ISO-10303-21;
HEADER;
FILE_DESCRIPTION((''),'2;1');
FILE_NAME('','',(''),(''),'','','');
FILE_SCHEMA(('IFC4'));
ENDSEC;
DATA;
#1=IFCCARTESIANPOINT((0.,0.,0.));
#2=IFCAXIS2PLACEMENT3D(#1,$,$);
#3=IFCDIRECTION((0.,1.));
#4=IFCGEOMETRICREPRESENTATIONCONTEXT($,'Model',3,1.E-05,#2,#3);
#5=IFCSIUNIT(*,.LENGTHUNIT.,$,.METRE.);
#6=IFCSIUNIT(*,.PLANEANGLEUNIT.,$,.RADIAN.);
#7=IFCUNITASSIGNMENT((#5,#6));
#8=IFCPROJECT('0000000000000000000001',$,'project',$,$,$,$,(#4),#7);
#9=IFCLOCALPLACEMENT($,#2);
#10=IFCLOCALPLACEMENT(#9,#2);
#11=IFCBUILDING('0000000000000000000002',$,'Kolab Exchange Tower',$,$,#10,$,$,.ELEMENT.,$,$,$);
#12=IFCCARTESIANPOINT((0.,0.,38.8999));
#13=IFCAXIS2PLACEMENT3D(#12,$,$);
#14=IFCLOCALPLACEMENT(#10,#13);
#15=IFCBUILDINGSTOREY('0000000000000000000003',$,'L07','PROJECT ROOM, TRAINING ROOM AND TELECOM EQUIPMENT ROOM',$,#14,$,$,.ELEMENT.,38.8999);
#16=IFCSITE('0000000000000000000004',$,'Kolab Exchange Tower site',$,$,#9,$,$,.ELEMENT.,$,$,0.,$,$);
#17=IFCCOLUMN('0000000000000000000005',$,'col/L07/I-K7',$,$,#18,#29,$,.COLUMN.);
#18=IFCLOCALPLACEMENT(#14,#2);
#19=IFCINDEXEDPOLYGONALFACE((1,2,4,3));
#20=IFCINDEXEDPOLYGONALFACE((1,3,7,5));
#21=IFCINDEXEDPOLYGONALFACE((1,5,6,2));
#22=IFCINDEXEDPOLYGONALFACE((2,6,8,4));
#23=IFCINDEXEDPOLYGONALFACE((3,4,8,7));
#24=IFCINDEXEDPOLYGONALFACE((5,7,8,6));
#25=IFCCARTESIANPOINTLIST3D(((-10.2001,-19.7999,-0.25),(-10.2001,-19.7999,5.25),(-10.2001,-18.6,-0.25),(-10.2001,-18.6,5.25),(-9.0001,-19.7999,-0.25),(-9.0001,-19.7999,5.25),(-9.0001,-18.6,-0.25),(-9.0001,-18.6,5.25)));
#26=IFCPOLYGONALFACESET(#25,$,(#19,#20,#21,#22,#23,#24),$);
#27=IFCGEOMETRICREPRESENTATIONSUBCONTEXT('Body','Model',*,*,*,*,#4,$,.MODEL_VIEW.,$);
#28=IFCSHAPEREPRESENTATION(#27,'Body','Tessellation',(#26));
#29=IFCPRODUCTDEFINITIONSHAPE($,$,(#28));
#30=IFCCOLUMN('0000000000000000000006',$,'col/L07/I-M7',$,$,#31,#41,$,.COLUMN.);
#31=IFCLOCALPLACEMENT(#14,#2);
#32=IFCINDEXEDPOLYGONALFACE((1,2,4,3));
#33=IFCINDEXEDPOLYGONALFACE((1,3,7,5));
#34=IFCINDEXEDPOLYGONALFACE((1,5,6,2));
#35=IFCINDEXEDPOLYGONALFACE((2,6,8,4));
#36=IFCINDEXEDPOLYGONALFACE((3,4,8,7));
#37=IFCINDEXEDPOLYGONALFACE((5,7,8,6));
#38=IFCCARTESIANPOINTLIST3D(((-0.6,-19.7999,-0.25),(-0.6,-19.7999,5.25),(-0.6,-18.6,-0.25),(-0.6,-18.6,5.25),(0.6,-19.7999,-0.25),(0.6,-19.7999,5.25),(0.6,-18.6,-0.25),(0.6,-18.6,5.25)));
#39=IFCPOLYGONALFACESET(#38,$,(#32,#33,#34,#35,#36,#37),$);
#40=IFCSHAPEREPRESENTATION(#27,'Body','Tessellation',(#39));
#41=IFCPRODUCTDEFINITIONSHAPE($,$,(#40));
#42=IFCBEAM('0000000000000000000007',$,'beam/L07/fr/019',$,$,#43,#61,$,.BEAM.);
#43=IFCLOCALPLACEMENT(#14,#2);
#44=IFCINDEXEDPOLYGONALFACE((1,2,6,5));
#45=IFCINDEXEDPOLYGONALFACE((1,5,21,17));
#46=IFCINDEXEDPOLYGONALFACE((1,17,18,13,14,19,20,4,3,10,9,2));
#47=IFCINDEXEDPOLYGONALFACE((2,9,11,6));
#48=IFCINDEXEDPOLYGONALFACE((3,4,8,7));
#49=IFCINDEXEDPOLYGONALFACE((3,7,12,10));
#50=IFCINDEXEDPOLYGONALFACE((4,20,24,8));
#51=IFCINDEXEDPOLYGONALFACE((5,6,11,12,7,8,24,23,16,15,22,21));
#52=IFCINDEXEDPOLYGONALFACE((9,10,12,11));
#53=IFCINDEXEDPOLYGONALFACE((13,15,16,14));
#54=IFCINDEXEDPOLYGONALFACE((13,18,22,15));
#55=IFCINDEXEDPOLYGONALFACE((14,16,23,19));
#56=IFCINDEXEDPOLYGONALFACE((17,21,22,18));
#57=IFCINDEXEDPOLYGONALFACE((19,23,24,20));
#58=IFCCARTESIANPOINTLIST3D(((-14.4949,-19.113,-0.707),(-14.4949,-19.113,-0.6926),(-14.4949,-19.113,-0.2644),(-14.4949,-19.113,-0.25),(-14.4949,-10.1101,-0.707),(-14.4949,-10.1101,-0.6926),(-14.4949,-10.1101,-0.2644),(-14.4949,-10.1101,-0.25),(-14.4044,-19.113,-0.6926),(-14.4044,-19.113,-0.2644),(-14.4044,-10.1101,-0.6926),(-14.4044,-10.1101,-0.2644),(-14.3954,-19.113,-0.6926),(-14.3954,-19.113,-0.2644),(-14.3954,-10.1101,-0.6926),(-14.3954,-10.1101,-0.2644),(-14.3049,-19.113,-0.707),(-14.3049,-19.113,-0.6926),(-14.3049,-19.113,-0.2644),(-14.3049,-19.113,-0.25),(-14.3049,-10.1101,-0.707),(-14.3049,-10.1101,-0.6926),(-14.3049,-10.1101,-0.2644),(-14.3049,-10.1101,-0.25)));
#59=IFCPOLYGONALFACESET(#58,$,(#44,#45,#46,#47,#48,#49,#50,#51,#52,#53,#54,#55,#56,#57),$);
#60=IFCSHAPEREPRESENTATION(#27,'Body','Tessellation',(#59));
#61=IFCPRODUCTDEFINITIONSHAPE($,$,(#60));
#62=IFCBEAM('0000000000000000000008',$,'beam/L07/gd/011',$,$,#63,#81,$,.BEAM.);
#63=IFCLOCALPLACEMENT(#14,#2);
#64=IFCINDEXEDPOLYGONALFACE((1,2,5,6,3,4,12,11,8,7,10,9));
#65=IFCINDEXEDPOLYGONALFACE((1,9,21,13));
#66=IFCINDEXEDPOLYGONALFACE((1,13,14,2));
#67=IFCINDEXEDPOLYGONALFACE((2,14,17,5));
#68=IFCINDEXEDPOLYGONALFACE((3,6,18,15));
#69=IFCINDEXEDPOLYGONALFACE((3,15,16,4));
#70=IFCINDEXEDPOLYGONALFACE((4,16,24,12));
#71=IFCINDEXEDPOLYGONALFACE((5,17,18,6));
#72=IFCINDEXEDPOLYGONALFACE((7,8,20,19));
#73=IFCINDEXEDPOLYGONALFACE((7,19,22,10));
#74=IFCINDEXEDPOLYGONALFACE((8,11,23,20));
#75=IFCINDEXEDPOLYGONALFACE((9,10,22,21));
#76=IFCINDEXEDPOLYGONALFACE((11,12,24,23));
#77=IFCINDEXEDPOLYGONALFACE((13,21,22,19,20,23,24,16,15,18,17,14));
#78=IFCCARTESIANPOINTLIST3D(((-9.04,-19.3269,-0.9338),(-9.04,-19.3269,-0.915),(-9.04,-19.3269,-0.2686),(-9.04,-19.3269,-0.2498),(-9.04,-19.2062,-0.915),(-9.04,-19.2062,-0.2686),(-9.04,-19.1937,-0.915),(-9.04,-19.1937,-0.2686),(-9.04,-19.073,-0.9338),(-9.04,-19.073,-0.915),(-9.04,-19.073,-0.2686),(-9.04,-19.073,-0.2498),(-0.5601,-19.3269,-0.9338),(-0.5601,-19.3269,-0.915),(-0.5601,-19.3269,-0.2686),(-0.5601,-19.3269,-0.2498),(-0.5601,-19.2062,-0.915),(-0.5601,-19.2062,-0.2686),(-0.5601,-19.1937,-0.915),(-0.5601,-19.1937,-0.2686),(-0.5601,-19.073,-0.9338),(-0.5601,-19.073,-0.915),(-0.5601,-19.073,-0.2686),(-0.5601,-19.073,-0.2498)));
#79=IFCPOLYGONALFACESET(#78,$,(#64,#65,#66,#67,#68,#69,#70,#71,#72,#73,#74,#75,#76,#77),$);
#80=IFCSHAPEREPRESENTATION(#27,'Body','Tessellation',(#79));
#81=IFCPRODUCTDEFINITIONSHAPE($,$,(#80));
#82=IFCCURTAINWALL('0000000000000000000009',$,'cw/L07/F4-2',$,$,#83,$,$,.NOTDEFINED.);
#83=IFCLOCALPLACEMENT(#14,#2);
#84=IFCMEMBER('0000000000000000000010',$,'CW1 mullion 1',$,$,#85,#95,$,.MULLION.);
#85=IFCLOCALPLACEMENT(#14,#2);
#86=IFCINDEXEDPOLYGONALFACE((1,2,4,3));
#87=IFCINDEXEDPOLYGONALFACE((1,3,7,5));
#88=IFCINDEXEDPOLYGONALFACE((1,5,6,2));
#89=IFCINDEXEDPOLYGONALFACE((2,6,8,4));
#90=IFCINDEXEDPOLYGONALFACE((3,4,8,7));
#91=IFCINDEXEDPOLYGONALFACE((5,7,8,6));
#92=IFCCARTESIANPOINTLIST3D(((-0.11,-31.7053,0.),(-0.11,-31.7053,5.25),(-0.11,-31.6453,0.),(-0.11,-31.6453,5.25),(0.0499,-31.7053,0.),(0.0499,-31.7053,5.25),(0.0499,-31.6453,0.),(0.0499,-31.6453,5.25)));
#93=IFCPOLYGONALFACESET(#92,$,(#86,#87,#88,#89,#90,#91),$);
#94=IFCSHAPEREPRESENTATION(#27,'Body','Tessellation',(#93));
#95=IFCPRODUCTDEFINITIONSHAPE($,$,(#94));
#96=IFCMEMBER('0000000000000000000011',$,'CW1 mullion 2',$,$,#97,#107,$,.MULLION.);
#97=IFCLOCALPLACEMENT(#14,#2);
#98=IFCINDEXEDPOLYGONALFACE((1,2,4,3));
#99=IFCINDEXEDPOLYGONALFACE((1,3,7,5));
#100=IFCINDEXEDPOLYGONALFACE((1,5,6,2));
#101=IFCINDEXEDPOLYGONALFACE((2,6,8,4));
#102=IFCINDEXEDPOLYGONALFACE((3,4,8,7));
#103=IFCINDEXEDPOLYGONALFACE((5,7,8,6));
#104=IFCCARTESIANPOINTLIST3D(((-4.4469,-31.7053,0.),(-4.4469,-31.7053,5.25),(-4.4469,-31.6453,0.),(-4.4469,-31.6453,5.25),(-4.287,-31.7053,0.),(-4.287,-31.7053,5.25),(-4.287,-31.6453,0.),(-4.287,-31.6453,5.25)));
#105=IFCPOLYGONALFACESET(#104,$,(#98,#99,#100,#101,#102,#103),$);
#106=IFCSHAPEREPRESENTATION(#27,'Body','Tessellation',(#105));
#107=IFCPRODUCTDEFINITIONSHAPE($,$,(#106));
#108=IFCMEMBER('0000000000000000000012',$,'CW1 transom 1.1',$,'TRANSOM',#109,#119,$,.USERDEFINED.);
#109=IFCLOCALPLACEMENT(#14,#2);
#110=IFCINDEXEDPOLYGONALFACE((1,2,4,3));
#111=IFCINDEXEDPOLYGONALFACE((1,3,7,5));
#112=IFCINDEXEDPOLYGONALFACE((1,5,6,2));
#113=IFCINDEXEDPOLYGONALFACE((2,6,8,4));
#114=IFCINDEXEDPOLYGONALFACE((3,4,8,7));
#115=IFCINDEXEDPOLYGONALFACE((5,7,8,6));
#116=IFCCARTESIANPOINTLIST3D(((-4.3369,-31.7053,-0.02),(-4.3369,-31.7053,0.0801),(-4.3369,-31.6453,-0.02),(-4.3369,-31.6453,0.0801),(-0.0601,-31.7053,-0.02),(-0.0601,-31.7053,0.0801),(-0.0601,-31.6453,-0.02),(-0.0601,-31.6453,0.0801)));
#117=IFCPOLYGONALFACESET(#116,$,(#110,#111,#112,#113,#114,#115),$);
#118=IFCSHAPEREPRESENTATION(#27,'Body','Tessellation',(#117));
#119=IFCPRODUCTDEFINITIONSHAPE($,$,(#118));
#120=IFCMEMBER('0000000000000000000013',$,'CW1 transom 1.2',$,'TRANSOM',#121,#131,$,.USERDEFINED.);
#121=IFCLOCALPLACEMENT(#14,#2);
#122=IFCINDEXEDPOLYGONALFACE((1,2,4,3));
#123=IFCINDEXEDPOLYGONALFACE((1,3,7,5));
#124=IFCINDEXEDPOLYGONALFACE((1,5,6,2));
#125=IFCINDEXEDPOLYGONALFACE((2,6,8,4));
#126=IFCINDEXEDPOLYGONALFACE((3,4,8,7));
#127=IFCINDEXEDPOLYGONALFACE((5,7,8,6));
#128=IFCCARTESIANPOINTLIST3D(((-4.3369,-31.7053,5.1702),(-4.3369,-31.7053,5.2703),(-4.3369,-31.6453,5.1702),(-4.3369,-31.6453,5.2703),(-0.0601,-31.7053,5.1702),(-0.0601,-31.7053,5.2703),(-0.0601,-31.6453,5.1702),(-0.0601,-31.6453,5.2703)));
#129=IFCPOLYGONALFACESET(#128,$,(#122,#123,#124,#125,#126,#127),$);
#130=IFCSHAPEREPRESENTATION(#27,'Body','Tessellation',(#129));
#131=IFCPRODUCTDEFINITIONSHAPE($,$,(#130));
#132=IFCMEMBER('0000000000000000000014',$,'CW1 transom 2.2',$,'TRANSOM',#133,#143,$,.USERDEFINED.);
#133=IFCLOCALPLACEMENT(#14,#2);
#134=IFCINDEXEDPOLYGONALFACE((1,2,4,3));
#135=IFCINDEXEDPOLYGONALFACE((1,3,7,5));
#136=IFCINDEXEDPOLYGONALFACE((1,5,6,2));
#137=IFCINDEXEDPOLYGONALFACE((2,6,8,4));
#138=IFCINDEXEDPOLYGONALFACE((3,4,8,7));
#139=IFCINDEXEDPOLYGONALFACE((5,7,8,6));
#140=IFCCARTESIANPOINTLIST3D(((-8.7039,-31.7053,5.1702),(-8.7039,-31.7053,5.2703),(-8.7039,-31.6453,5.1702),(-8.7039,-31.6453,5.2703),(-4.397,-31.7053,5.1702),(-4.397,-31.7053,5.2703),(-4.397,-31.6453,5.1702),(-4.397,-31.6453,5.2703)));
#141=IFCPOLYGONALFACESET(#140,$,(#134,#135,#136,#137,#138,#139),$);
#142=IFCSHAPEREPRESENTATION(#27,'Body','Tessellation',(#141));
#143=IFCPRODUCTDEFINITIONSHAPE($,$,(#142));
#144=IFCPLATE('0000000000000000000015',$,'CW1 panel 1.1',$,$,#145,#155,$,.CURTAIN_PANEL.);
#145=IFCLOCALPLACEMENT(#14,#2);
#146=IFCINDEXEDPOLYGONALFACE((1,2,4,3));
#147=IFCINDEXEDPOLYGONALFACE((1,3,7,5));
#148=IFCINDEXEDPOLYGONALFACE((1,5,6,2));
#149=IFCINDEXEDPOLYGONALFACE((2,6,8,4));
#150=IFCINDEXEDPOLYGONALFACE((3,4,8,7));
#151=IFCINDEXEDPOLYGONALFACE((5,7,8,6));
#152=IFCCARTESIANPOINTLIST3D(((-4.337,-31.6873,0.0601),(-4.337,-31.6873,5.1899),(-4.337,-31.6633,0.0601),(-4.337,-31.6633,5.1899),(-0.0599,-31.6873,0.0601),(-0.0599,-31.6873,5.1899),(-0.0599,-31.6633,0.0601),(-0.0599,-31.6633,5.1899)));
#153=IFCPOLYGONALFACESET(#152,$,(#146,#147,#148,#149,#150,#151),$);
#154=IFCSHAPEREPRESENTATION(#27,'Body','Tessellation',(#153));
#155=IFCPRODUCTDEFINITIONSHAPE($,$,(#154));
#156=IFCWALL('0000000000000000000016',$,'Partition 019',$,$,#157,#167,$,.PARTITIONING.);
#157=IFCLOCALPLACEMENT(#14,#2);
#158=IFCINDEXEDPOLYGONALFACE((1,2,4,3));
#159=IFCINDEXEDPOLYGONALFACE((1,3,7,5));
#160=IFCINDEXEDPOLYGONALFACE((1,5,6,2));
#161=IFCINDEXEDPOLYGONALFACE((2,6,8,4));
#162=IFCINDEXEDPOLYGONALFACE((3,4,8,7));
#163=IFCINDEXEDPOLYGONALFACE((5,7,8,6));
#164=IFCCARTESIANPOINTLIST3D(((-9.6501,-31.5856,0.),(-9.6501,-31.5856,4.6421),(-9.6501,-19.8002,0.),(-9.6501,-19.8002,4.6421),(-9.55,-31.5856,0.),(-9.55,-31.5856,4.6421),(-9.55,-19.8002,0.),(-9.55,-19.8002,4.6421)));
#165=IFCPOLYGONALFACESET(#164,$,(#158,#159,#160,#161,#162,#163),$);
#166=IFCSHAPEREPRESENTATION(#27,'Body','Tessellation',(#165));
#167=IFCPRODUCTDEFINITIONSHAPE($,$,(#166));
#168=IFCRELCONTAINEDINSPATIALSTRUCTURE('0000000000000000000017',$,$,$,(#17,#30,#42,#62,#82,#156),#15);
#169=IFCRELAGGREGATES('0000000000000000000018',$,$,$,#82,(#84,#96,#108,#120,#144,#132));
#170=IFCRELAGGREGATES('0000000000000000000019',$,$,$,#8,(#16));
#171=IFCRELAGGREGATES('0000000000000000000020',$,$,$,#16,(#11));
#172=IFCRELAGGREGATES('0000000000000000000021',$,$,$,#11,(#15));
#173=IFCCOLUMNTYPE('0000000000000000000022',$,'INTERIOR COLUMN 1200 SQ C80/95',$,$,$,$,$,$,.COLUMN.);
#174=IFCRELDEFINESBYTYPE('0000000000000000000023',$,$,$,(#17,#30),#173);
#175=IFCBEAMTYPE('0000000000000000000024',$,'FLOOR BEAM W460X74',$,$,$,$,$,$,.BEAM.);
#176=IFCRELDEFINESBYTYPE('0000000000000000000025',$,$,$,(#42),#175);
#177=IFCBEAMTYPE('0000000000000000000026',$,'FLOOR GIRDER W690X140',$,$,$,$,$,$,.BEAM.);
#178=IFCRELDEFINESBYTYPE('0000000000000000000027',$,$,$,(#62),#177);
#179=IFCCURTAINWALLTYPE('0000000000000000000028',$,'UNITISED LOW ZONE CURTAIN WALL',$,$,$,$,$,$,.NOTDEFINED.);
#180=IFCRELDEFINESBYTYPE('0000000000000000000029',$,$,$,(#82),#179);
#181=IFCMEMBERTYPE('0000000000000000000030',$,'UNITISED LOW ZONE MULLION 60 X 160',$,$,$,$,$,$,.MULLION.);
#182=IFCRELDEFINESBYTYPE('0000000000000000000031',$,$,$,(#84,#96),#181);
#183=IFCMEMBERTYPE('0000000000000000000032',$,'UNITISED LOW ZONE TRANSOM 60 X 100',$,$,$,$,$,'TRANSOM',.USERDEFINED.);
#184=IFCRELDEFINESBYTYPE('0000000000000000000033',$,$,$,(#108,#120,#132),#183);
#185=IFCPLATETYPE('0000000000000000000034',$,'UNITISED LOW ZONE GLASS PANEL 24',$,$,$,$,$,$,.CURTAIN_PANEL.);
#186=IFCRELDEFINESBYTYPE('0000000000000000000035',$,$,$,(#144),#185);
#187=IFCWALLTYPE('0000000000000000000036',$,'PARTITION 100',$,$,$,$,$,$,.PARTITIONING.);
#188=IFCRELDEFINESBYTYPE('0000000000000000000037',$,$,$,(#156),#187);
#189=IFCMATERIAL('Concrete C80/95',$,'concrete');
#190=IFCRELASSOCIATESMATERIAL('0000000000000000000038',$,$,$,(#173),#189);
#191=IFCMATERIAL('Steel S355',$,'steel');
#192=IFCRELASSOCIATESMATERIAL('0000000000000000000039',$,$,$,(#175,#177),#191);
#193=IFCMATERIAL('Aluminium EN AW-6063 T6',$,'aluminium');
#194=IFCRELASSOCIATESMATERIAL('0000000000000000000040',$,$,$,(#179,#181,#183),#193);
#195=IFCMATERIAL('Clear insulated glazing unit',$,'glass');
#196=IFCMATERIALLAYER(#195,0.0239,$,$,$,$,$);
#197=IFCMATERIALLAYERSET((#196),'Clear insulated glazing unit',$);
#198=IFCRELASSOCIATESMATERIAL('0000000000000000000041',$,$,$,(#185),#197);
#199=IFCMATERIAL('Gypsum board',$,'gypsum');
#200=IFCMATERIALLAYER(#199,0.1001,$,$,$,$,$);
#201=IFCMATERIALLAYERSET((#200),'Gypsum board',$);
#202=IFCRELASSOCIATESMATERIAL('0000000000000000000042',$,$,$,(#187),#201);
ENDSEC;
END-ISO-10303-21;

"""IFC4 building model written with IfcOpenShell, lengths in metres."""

from ifc_helpers import new_model, si_unit, direction, frame, frame_2d, origin, origin_2d, place, context, subcontext, project, spatial, rectangle, i_section, extrude, material, layer, layer_set, material_profile, profile_set, type_object, element, aggregate, save


model = new_model("IFC4")

# Units and contexts
model_context = context("Model", 3, precision=1e-05, world=origin(), true_north=direction((0.0, 1.0)))
body_context = subcontext(model_context, "Body", "Model", "MODEL_VIEW")
ifc_project = project(units=[si_unit("LENGTHUNIT", "METRE"), si_unit("PLANEANGLEUNIT", "RADIAN")], contexts=[model_context])

# Site, building, storey
site_placement = place(None, origin())
site = spatial("IfcSite", under=ifc_project, at=site_placement, Name="Kolab Exchange Tower site", CompositionType="ELEMENT", RefElevation=0.0)
building_placement = place(site_placement, origin())
building = spatial("IfcBuilding", under=site, at=building_placement, Name="Kolab Exchange Tower", CompositionType="ELEMENT")
storey_placement = place(building_placement, frame((0.0, 0.0, 38.8999)))
storey = spatial("IfcBuildingStorey", under=building, at=storey_placement, Name="L07", Description="PROJECT ROOM, TRAINING ROOM AND TELECOM EQUIPMENT ROOM", CompositionType="ELEMENT", Elevation=38.8999)

# Columns
ifc_material_1 = material(Name="Concrete C80/95", Category="concrete")
ifc_material_profile_1 = material_profile(ifc_material_1, rectangle(XDim=1.2, YDim=1.2, at=origin_2d()), Name="RC1200")
ifc_profile_set_1 = profile_set([ifc_material_profile_1], Name="Concrete C80/95")
column_type = type_object("IfcColumnType", Name="INTERIOR COLUMN 1200 SQ C80/95", PredefinedType="COLUMN", material=ifc_profile_set_1)
for number, where, z_axis, x_axis, name in (
    (1, (-9.6001, -19.2, -0.25), (0.0, 0.0, 1.0), (1.0, 0.0, 0.0), "col/L07/I-K7"),
    (2, (0.0, -19.2, -0.25), (0.0, 0.0, 1.0), (1.0, 0.0, 0.0), "col/L07/I-M7"),
):
    element("IfcColumn", number, at=place(storey_placement, frame(where, z_axis=z_axis, x_axis=x_axis)), inside=storey, type_object=column_type, Name=name, PredefinedType="COLUMN", context=body_context, shape_type="SweptSolid", body=[
        extrude(rectangle(XDim=1.2, YDim=1.2, at=origin_2d()), origin(), (0.0, 0.0, 1.0), 5.5),
    ])

# Beams
ifc_material_2 = material(Name="Steel S355", Category="steel")
ifc_material_profile_2 = material_profile(ifc_material_2, i_section(OverallWidth=0.1899, OverallDepth=0.457, WebThickness=0.009, FlangeThickness=0.0144, at=origin_2d()), Name="W460X74")
ifc_profile_set_2 = profile_set([ifc_material_profile_2], Name="Steel S355")
beam_type_1 = type_object("IfcBeamType", Name="FLOOR BEAM W460X74", PredefinedType="BEAM", material=ifc_profile_set_2)
beam_1_placement = place(storey_placement, frame((-14.3999, -19.113, -0.4785), z_axis=(0.0, 1.0, 0.0), x_axis=(-1.0, 0.0, 0.0)))
element("IfcBeam", 3, at=beam_1_placement, inside=storey, type_object=beam_type_1, Name="beam/L07/fr/019", PredefinedType="BEAM", context=body_context, shape_type="SweptSolid", body=[
    extrude(i_section(OverallWidth=0.1899, OverallDepth=0.457, WebThickness=0.009, FlangeThickness=0.0144, at=origin_2d()), origin(), (0.0, 0.0, 1.0), 9.0029),
])
ifc_material_profile_3 = material_profile(ifc_material_2, i_section(OverallWidth=0.2539, OverallDepth=0.6841, WebThickness=0.0125, FlangeThickness=0.0188, at=origin_2d()), Name="W690X140")
ifc_profile_set_3 = profile_set([ifc_material_profile_3], Name="Steel S355")
beam_type_2 = type_object("IfcBeamType", Name="FLOOR GIRDER W690X140", PredefinedType="BEAM", material=ifc_profile_set_3)
beam_2_placement = place(storey_placement, frame((-9.04, -19.2, -0.5918), z_axis=(1.0, 0.0, 0.0), x_axis=(0.0, 1.0, 0.0)))
element("IfcBeam", 4, at=beam_2_placement, inside=storey, type_object=beam_type_2, Name="beam/L07/gd/011", PredefinedType="BEAM", context=body_context, shape_type="SweptSolid", body=[
    extrude(i_section(OverallWidth=0.2539, OverallDepth=0.6841, WebThickness=0.0125, FlangeThickness=0.0188, at=origin_2d()), origin(), (0.0, 0.0, 1.0), 8.48),
])

# Curtain wall, members, plate
ifc_material_3 = material(Name="Aluminium EN AW-6063 T6", Category="aluminium")
curtain_wall_type = type_object("IfcCurtainWallType", Name="UNITISED LOW ZONE CURTAIN WALL", PredefinedType="NOTDEFINED", material=ifc_material_3)
curtain_wall_placement = place(storey_placement, origin())
curtain_wall = element("IfcCurtainWall", 5, at=curtain_wall_placement, inside=storey, type_object=curtain_wall_type, Name="cw/L07/F4-2", PredefinedType="NOTDEFINED")
ifc_material_profile_4 = material_profile(ifc_material_3, rectangle(XDim=0.0601, YDim=0.1599, at=origin_2d()), Name="RECT 60X160")
ifc_profile_set_4 = profile_set([ifc_material_profile_4], Name="Aluminium EN AW-6063 T6")
member_type_1 = type_object("IfcMemberType", Name="UNITISED LOW ZONE MULLION 60 X 160", PredefinedType="MULLION", material=ifc_profile_set_4)
member_1_placement = place(storey_placement, frame((-0.03, -31.6753, 0.0), z_axis=(0.0, 0.0, 1.0), x_axis=(0.0, -1.0, 0.0)))
member_1 = element("IfcMember", 6, at=member_1_placement, type_object=member_type_1, Name="CW1 mullion 1", PredefinedType="MULLION", context=body_context, shape_type="SweptSolid", body=[
    extrude(rectangle(XDim=0.0601, YDim=0.1599, at=origin_2d()), origin(), (0.0, 0.0, 1.0), 5.25),
])
member_2_placement = place(storey_placement, frame((-4.3669, -31.6753, 0.0), z_axis=(0.0, 0.0, 1.0), x_axis=(0.0, -1.0, 0.0)))
member_2 = element("IfcMember", 7, at=member_2_placement, type_object=member_type_1, Name="CW1 mullion 2", PredefinedType="MULLION", context=body_context, shape_type="SweptSolid", body=[
    extrude(rectangle(XDim=0.0601, YDim=0.1599, at=origin_2d()), origin(), (0.0, 0.0, 1.0), 5.25),
])
ifc_material_profile_5 = material_profile(ifc_material_3, rectangle(XDim=0.0601, YDim=0.1001, at=origin_2d()), Name="RECT 60X100")
ifc_profile_set_5 = profile_set([ifc_material_profile_5], Name="Aluminium EN AW-6063 T6")
member_type_2 = type_object("IfcMemberType", Name="UNITISED LOW ZONE TRANSOM 60 X 100", ElementType="TRANSOM", PredefinedType="USERDEFINED", material=ifc_profile_set_5)
member_3_placement = place(storey_placement, frame((-0.0601, -31.6753, 0.03), z_axis=(-1.0, 0.0, 0.0), x_axis=(0.0, -1.0, 0.0)))
member_3 = element("IfcMember", 8, at=member_3_placement, type_object=member_type_2, Name="CW1 transom 1.1", ObjectType="TRANSOM", PredefinedType="USERDEFINED", context=body_context, shape_type="SweptSolid", body=[
    extrude(rectangle(XDim=0.0601, YDim=0.1001, at=origin_2d()), origin(), (0.0, 0.0, 1.0), 4.2769),
])
member_4_placement = place(storey_placement, frame((-0.0601, -31.6753, 5.2202), z_axis=(-1.0, 0.0, 0.0), x_axis=(0.0, -1.0, 0.0)))
member_4 = element("IfcMember", 9, at=member_4_placement, type_object=member_type_2, Name="CW1 transom 1.2", ObjectType="TRANSOM", PredefinedType="USERDEFINED", context=body_context, shape_type="SweptSolid", body=[
    extrude(rectangle(XDim=0.0601, YDim=0.1001, at=origin_2d()), origin(), (0.0, 0.0, 1.0), 4.2769),
])
member_5_placement = place(storey_placement, frame((-4.397, -31.6753, 5.2202), z_axis=(-1.0, 0.0, 0.0), x_axis=(0.0, -1.0, 0.0)))
member_5 = element("IfcMember", 10, at=member_5_placement, type_object=member_type_2, Name="CW1 transom 2.2", ObjectType="TRANSOM", PredefinedType="USERDEFINED", context=body_context, shape_type="SweptSolid", body=[
    extrude(rectangle(XDim=0.0601, YDim=0.1001, at=origin_2d()), origin(), (0.0, 0.0, 1.0), 4.3069),
])
ifc_material_4 = material(Name="Clear insulated glazing unit", Category="glass")
ifc_layer_1 = layer(ifc_material_4, 0.0239)
ifc_layer_set_1 = layer_set([ifc_layer_1], Name="Clear insulated glazing unit")
plate_type = type_object("IfcPlateType", Name="UNITISED LOW ZONE GLASS PANEL 24", PredefinedType="CURTAIN_PANEL", material=ifc_layer_set_1)
plate_placement = place(storey_placement, frame((-2.1985, -31.6753, 0.0601), z_axis=(0.0, 0.0, 1.0), x_axis=(-1.0, 0.0, 0.0)))
plate = element("IfcPlate", 11, at=plate_placement, type_object=plate_type, Name="CW1 panel 1.1", PredefinedType="CURTAIN_PANEL", context=body_context, shape_type="SweptSolid", body=[
    extrude(rectangle(XDim=4.2771, YDim=0.0239, at=origin_2d()), origin(), (0.0, 0.0, 1.0), 5.1299),
])
aggregate(curtain_wall, [member_1, member_2, member_3, member_4, plate, member_5])

# Wall
ifc_material_5 = material(Name="Gypsum board", Category="gypsum")
ifc_layer_2 = layer(ifc_material_5, 0.1001)
ifc_layer_set_2 = layer_set([ifc_layer_2], Name="Gypsum board")
wall_type = type_object("IfcWallType", Name="PARTITION 100", PredefinedType="PARTITIONING", material=ifc_layer_set_2)
wall_placement = place(storey_placement, frame((-9.6001, -31.5854, 0.0), z_axis=(0.0, 0.0, 1.0), x_axis=(0.0, 1.0, 0.0)))
element("IfcWall", 12, at=wall_placement, inside=storey, type_object=wall_type, Name="Partition 019", PredefinedType="PARTITIONING", context=body_context, shape_type="SweptSolid", body=[
    extrude(rectangle(XDim=11.7854, YDim=0.1001, at=frame_2d((5.8926, 0.0))), origin(), (0.0, 0.0, 1.0), 4.6421),
])

save(model, "model.ifc")
